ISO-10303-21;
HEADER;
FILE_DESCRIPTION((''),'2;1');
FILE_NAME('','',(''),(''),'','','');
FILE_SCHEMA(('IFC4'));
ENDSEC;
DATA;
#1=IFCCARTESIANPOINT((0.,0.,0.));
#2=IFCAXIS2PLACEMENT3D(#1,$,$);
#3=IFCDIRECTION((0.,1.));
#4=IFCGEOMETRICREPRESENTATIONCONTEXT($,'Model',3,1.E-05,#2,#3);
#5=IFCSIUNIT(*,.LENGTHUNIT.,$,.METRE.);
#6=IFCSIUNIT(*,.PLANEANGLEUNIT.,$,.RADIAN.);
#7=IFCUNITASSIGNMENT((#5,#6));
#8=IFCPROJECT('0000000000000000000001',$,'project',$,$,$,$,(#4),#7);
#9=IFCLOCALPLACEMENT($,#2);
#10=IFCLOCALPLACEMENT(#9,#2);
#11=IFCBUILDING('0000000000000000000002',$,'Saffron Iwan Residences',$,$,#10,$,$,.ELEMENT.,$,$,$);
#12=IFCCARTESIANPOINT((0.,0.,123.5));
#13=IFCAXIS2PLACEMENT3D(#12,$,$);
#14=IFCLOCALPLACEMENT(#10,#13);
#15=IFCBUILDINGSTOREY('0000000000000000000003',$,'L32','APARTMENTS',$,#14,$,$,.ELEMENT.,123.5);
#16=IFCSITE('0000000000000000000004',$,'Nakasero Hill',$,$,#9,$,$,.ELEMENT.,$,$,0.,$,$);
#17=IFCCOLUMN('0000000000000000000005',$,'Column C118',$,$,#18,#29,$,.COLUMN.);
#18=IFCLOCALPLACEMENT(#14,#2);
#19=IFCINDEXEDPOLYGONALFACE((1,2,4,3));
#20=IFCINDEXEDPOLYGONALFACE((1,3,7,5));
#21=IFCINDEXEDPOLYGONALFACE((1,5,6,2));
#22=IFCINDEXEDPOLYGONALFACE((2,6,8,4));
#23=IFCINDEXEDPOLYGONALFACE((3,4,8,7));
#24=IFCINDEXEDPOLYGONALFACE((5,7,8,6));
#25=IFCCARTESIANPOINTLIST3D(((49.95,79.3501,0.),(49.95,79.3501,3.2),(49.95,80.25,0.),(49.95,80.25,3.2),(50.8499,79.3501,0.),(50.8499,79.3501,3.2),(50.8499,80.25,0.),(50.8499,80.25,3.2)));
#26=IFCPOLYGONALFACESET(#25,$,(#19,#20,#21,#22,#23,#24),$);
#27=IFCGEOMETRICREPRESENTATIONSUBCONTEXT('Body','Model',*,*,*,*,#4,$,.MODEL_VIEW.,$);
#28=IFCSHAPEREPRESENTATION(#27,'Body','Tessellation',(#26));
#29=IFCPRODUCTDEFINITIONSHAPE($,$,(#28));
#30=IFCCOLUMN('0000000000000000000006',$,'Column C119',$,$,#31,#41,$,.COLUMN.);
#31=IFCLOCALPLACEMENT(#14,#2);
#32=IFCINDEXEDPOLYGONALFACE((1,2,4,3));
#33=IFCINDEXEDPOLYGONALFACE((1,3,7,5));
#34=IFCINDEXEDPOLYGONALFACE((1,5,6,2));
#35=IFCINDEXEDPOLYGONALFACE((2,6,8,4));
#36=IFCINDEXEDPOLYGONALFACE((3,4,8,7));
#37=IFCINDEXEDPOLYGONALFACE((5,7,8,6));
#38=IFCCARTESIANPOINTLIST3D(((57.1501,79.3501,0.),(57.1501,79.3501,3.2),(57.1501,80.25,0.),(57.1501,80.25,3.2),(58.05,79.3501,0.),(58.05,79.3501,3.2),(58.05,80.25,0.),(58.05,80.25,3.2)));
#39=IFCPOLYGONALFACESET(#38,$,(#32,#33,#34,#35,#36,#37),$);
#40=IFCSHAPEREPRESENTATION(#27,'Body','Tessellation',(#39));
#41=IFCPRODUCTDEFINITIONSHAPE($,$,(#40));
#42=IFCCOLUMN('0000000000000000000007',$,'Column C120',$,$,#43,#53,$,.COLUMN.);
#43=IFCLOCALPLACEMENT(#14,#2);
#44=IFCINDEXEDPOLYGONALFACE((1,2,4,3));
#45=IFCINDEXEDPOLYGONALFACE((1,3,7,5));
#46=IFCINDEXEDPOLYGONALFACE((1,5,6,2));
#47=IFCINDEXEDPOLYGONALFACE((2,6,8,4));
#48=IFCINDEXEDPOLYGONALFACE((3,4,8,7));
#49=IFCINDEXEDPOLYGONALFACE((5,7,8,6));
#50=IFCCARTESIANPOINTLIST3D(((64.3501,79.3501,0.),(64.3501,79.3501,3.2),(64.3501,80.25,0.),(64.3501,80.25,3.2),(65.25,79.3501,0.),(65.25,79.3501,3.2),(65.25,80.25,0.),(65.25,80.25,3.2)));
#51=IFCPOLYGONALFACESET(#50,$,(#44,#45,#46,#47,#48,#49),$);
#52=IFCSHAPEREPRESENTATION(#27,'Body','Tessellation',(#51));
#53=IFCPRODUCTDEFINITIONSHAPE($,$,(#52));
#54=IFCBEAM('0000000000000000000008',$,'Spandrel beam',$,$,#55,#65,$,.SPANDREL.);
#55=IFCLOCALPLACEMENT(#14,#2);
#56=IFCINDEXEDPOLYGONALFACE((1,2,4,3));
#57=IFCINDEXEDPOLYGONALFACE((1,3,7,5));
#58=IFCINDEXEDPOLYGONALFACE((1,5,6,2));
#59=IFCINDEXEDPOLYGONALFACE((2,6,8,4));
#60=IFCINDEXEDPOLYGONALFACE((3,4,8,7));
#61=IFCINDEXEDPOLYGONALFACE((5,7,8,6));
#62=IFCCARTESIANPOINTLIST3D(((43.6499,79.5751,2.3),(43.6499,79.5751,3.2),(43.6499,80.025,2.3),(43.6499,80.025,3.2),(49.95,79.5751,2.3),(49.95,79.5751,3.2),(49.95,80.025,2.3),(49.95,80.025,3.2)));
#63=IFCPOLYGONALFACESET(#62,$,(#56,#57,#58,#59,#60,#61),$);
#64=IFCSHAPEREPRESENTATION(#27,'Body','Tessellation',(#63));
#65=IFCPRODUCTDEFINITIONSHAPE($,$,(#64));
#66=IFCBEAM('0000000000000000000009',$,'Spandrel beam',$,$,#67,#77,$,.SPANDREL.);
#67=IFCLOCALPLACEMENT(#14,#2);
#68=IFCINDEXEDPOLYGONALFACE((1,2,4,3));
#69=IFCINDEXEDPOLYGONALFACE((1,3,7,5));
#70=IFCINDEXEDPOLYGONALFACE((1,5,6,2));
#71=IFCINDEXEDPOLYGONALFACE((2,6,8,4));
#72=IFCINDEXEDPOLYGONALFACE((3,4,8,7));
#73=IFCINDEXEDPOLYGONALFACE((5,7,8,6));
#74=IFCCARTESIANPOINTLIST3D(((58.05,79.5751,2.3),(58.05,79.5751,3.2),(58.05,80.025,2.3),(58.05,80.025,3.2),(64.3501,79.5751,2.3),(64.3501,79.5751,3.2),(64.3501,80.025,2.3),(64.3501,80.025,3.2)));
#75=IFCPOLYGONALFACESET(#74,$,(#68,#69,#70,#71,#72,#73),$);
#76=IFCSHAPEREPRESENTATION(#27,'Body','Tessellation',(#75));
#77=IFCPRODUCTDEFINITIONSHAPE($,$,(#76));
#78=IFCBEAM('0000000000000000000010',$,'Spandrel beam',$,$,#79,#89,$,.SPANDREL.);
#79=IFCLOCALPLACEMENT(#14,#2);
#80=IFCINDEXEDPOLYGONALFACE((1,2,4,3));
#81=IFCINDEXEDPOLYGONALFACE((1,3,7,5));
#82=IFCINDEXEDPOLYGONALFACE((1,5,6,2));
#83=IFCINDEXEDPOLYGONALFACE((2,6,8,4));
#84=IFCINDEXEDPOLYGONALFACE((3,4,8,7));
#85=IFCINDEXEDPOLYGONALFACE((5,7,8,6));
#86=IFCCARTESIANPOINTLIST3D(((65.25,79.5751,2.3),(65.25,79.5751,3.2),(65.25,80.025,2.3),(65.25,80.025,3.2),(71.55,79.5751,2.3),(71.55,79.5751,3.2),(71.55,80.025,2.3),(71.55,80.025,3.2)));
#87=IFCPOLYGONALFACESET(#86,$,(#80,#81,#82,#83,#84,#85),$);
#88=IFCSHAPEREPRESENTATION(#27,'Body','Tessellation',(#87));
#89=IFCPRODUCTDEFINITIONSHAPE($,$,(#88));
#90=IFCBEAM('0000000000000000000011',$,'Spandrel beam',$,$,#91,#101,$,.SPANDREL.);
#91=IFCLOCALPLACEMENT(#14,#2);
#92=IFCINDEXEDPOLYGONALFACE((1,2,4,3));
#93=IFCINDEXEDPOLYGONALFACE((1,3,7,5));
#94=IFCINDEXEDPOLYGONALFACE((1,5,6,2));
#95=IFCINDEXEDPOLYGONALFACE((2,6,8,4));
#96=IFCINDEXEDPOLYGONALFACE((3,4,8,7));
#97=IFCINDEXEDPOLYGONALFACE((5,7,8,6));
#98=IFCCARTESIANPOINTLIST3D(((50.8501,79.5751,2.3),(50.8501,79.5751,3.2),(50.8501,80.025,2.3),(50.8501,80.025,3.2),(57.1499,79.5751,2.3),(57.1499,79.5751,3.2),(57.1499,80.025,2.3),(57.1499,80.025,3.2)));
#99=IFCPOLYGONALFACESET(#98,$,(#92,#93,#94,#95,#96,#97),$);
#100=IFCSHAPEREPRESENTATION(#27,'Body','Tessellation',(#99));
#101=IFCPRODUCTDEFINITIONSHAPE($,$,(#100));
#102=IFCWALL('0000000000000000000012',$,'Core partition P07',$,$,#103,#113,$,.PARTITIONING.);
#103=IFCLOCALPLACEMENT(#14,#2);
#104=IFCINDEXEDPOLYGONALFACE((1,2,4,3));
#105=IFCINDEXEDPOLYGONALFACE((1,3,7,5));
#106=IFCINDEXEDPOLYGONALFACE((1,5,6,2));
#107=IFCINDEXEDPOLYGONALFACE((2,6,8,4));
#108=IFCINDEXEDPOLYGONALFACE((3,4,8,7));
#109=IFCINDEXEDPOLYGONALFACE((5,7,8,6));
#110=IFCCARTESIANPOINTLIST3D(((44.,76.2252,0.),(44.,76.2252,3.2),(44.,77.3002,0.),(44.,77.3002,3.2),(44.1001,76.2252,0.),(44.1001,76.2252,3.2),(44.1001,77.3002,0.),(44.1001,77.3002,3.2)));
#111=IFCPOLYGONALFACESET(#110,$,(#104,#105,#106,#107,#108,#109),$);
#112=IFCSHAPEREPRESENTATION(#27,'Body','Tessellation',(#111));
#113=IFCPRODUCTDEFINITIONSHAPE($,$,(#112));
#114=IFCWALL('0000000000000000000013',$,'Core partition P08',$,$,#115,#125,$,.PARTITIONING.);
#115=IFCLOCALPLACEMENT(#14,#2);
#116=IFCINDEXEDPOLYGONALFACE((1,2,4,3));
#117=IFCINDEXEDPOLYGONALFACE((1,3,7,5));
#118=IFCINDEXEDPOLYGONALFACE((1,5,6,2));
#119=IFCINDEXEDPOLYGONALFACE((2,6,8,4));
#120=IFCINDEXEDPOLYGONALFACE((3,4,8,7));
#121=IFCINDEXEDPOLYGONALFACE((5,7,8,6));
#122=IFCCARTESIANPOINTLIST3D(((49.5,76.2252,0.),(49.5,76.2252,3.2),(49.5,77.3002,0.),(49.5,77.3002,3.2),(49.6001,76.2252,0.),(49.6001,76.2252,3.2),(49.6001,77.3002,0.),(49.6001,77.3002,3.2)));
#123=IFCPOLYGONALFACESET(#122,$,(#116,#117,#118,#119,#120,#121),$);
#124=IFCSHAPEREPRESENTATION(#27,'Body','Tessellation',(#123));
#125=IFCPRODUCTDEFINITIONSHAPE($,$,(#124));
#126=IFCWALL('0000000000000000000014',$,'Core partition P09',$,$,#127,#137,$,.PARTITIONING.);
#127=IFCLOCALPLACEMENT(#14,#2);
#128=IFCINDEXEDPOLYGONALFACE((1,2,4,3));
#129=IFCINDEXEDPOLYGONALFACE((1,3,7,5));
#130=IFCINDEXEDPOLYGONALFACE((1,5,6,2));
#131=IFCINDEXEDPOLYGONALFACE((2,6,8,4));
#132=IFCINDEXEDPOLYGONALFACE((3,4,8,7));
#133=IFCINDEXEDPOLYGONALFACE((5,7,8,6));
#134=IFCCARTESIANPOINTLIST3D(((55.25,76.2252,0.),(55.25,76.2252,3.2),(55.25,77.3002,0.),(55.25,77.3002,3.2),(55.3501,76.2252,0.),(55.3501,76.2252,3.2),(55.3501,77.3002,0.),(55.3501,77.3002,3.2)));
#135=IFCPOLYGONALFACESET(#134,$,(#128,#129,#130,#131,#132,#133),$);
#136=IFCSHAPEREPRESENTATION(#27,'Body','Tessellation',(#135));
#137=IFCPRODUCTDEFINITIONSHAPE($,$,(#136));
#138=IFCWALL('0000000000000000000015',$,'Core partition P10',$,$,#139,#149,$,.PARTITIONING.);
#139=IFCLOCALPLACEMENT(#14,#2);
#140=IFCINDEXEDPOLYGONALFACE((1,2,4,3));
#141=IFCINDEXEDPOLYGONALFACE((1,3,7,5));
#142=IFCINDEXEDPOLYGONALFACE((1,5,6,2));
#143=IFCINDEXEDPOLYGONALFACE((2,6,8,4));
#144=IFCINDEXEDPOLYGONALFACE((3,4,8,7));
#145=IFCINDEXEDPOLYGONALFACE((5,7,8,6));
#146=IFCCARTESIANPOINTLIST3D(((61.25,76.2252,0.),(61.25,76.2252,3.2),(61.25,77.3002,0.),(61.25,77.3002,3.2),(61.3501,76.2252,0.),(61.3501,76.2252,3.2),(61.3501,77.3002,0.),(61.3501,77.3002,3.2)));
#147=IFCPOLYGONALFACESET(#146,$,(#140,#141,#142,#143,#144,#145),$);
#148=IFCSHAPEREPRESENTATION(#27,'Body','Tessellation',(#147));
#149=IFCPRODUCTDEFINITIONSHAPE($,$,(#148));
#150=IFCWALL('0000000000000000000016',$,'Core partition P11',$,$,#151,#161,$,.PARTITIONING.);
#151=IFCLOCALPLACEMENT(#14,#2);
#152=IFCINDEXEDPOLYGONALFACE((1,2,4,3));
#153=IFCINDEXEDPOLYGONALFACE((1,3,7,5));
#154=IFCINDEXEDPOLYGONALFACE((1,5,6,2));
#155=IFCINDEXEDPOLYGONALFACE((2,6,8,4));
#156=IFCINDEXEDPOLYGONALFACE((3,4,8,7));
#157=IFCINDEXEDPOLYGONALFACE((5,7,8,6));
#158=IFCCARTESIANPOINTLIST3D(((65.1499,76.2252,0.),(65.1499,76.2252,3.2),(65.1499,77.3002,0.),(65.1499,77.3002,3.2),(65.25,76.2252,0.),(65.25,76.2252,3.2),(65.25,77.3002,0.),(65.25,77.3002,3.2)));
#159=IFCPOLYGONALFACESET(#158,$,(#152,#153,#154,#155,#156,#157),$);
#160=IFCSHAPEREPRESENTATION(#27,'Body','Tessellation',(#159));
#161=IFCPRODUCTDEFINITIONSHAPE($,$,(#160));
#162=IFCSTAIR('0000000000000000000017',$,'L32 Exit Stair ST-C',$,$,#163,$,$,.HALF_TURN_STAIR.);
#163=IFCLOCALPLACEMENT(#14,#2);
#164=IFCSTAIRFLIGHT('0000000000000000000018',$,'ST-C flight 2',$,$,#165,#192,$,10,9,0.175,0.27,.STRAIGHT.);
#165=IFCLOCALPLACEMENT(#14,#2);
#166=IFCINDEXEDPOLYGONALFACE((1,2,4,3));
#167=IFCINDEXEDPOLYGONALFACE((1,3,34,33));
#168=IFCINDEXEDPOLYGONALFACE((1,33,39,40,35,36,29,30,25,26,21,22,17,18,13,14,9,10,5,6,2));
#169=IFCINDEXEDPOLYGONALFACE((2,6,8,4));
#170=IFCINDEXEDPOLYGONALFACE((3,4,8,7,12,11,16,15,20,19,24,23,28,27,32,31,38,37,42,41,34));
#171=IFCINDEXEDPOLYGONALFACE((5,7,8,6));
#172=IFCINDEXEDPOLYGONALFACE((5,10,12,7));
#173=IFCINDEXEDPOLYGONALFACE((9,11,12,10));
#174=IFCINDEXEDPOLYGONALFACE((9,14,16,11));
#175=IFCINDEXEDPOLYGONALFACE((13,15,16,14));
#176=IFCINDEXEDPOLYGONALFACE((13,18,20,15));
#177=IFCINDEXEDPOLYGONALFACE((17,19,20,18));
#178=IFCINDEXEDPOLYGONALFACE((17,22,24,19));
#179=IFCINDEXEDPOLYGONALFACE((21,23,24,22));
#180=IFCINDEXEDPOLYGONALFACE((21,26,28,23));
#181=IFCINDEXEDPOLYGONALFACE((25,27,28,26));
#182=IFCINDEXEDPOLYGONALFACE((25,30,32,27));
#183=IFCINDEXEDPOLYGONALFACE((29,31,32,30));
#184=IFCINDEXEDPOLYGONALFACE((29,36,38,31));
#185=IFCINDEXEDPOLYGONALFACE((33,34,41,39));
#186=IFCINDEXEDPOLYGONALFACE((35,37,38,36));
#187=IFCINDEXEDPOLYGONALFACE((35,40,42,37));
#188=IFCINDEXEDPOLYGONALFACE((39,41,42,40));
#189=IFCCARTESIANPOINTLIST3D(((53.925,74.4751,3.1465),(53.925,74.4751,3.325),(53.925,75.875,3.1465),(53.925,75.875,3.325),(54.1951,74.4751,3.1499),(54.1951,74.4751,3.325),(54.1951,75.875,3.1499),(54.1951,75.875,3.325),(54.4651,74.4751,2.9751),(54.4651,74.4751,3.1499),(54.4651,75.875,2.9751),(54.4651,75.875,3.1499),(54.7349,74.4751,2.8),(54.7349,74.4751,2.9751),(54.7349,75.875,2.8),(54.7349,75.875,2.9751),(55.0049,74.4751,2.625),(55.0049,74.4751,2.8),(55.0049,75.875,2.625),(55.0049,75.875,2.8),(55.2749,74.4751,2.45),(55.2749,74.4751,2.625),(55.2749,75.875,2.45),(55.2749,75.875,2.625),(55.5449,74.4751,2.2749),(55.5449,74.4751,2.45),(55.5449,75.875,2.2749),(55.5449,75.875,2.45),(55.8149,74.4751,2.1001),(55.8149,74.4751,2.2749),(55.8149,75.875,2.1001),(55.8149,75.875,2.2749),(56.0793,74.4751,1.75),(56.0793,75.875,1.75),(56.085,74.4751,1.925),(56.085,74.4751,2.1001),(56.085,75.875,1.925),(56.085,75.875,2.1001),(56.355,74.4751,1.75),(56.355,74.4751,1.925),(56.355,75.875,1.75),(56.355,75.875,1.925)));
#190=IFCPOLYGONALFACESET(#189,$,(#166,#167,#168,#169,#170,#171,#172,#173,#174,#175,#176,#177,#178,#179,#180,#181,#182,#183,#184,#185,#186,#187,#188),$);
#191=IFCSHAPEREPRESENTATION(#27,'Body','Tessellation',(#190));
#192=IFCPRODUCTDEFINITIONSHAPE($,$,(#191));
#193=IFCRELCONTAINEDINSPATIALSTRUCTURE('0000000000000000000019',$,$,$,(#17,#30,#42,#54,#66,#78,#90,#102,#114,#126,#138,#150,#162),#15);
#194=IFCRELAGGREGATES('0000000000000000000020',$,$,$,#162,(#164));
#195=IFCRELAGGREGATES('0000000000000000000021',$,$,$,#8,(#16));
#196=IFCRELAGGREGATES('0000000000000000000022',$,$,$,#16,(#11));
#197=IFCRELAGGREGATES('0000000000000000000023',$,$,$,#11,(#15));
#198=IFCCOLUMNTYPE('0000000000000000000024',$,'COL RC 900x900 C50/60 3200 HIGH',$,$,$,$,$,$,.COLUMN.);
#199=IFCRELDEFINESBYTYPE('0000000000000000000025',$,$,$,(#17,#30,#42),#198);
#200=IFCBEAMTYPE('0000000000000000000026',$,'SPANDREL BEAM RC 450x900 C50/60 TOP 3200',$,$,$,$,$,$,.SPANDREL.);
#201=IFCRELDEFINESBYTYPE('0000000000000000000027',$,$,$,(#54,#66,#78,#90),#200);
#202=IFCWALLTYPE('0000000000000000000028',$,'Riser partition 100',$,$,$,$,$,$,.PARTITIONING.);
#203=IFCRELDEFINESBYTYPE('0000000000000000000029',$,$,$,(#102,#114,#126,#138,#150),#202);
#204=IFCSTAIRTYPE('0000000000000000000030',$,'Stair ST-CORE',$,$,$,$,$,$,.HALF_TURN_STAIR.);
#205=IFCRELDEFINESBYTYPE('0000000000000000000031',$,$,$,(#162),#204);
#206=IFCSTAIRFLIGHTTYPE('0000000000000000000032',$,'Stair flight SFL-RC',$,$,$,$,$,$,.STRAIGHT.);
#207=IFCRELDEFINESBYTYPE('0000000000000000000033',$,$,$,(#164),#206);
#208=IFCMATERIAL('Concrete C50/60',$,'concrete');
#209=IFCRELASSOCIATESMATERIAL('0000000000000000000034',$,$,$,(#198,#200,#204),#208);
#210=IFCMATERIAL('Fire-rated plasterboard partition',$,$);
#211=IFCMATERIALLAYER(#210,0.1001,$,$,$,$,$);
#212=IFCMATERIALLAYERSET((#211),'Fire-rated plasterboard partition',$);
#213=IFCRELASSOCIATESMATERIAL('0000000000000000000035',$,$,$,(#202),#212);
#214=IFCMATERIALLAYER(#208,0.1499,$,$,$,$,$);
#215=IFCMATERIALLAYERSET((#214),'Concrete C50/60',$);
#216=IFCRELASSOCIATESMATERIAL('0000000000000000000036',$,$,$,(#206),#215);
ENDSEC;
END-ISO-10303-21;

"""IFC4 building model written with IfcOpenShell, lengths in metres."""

from ifc_helpers import new_model, si_unit, direction, frame, frame_2d, origin, origin_2d, place, context, subcontext, project, spatial, polyline, rectangle, outline, extrude, source, transform, mapped, material, layer, layer_set, material_profile, profile_set, type_object, element, aggregate, save


model = new_model("IFC4")

# Units and contexts
model_context = context("Model", 3, precision=1e-05, world=origin(), true_north=direction((0.0, 1.0)))
body_context = subcontext(model_context, "Body", "Model", "MODEL_VIEW")
ifc_project = project(units=[si_unit("LENGTHUNIT", "METRE"), si_unit("PLANEANGLEUNIT", "RADIAN")], contexts=[model_context])

# Site, building, storey
site_placement = place(None, origin())
site = spatial("IfcSite", under=ifc_project, at=site_placement, Name="Nakasero Hill", CompositionType="ELEMENT", RefElevation=0.0)
building_placement = place(site_placement, origin())
building = spatial("IfcBuilding", under=site, at=building_placement, Name="Saffron Iwan Residences", CompositionType="ELEMENT")
storey_placement = place(building_placement, frame((0.0, 0.0, 123.5)))
storey = spatial("IfcBuildingStorey", under=building, at=storey_placement, Name="L32", Description="APARTMENTS", CompositionType="ELEMENT", Elevation=123.5)

# Columns
ifc_material_1 = material(Name="Concrete C50/60", Category="concrete")
ifc_material_profile_1 = material_profile(ifc_material_1, rectangle(XDim=0.8999, YDim=0.8999, at=origin_2d()), Name="RC 900x900")
ifc_profile_set_1 = profile_set([ifc_material_profile_1], Name="Concrete C50/60")
column_type = type_object("IfcColumnType", Name="COL RC 900x900 C50/60 3200 HIGH", PredefinedType="COLUMN", material=ifc_profile_set_1)
shared_shape_1 = source(origin(), body_context, "Body", "SweptSolid", [
    extrude(rectangle(XDim=0.8999, YDim=0.8999, at=origin_2d()), origin(), (0.0, 0.0, 1.0), 3.2),
])
for number, where, z_axis, x_axis, name in (
    (1, (50.3999, 79.8, 0.0), (0.0, 0.0, 1.0), (1.0, 0.0, 0.0), "Column C118"),
    (2, (57.6001, 79.8, 0.0), (0.0, 0.0, 1.0), (1.0, 0.0, 0.0), "Column C119"),
    (3, (64.8, 79.8, 0.0), (0.0, 0.0, 1.0), (1.0, 0.0, 0.0), "Column C120"),
):
    element("IfcColumn", number, at=place(storey_placement, frame(where, z_axis=z_axis, x_axis=x_axis)), inside=storey, type_object=column_type, Name=name, PredefinedType="COLUMN", context=body_context, shape_type="MappedRepresentation", body=[
        mapped(shared_shape_1, transform((0.0, 0.0, 0.0))),
    ])

# Beams
ifc_material_profile_2 = material_profile(ifc_material_1, rectangle(XDim=0.45, YDim=0.8999, at=origin_2d()), Name="RC 450x900")
ifc_profile_set_2 = profile_set([ifc_material_profile_2], Name="Concrete C50/60")
beam_type = type_object("IfcBeamType", Name="SPANDREL BEAM RC 450x900 C50/60 TOP 3200", PredefinedType="SPANDREL", material=ifc_profile_set_2)
shared_shape_2 = source(origin(), body_context, "Body", "SweptSolid", [
    extrude(rectangle(XDim=0.45, YDim=0.8999, at=origin_2d()), origin(), (0.0, 0.0, 1.0), 6.3),
])
for number, where, z_axis, x_axis, name in (
    (4, (43.6499, 79.8, 2.75), (1.0, 0.0, 0.0), (0.0, 1.0, 0.0), "Spandrel beam"),
    (5, (58.05, 79.8, 2.75), (1.0, 0.0, 0.0), (0.0, 1.0, 0.0), "Spandrel beam"),
    (6, (65.25, 79.8, 2.75), (1.0, 0.0, 0.0), (0.0, 1.0, 0.0), "Spandrel beam"),
):
    element("IfcBeam", number, at=place(storey_placement, frame(where, z_axis=z_axis, x_axis=x_axis)), inside=storey, type_object=beam_type, Name=name, PredefinedType="SPANDREL", context=body_context, shape_type="MappedRepresentation", body=[
        mapped(shared_shape_2, transform((0.0, 0.0, 0.0))),
    ])
shared_shape_3 = source(origin(), body_context, "Body", "SweptSolid", [
    extrude(rectangle(XDim=0.45, YDim=0.8999, at=origin_2d()), origin(), (0.0, 0.0, 1.0), 6.2998),
])
beam_placement = place(storey_placement, frame((50.8501, 79.8, 2.75), z_axis=(1.0, 0.0, 0.0), x_axis=(0.0, 1.0, 0.0)))
element("IfcBeam", 7, at=beam_placement, inside=storey, type_object=beam_type, Name="Spandrel beam", PredefinedType="SPANDREL", context=body_context, shape_type="MappedRepresentation", body=[
    mapped(shared_shape_3, transform((0.0, 0.0, 0.0))),
])

# Walls
ifc_material_2 = material(Name="Fire-rated plasterboard partition")
ifc_layer_1 = layer(ifc_material_2, 0.1001)
ifc_layer_set_1 = layer_set([ifc_layer_1], Name="Fire-rated plasterboard partition")
wall_type = type_object("IfcWallType", Name="Riser partition 100", PredefinedType="PARTITIONING", material=ifc_layer_set_1)
for number, where, z_axis, x_axis, name in (
    (8, (44.05, 76.2251, 0.0), (0.0, 0.0, 1.0), (0.0, 1.0, 0.0), "Core partition P07"),
    (9, (49.55, 76.2251, 0.0), (0.0, 0.0, 1.0), (0.0, 1.0, 0.0), "Core partition P08"),
    (10, (55.3, 76.2251, 0.0), (0.0, 0.0, 1.0), (0.0, 1.0, 0.0), "Core partition P09"),
    (11, (61.3, 76.2251, 0.0), (0.0, 0.0, 1.0), (0.0, 1.0, 0.0), "Core partition P10"),
    (12, (65.2, 76.2251, 0.0), (0.0, 0.0, 1.0), (0.0, 1.0, 0.0), "Core partition P11"),
):
    element("IfcWall", number, at=place(storey_placement, frame(where, z_axis=z_axis, x_axis=x_axis)), inside=storey, type_object=wall_type, Name=name, PredefinedType="PARTITIONING", context=body_context, shape_type="SweptSolid", body=[
        extrude(rectangle(XDim=1.075, YDim=0.1001, at=frame_2d((0.5376, 0.0))), origin(), (0.0, 0.0, 1.0), 3.2),
    ])

# Stair, stair flight
stair_type = type_object("IfcStairType", Name="Stair ST-CORE", PredefinedType="HALF_TURN_STAIR", material=ifc_material_1)
stair_placement = place(storey_placement, origin())
stair = element("IfcStair", 13, at=stair_placement, inside=storey, type_object=stair_type, Name="L32 Exit Stair ST-C", PredefinedType="HALF_TURN_STAIR")
ifc_layer_2 = layer(ifc_material_1, 0.1499)
ifc_layer_set_2 = layer_set([ifc_layer_2], Name="Concrete C50/60")
stair_flight_type = type_object("IfcStairFlightType", Name="Stair flight SFL-RC", PredefinedType="STRAIGHT", material=ifc_layer_set_2)
stair_flight_placement = place(storey_placement, frame((56.355, 75.175, 1.75), z_axis=(0.0, 0.0, 1.0), x_axis=(-1.0, 0.0, 0.0)))
stair_flight = element("IfcStairFlight", 14, at=stair_flight_placement, type_object=stair_flight_type, Name="ST-C flight 2", NumberOfRisers=10, NumberOfTreads=9, PredefinedType="STRAIGHT", RiserHeight=0.175, TreadLength=0.27, context=body_context, shape_type="SweptSolid", body=[
    extrude(outline(polyline([(0.0, 0.0), (0.0, 0.175), (0.27, 0.175), (0.27, 0.3501), (0.54, 0.3501), (0.54, 0.5249), (0.8101, 0.5249), (0.8101, 0.7), (1.0801, 0.7), (1.0801, 0.875), (1.3501, 0.875), (1.3501, 1.05), (1.6201, 1.05), (1.6201, 1.2251), (1.8899, 1.2251), (1.8899, 1.3999), (2.1599, 1.3999), (2.1599, 1.575), (2.4299, 1.575), (2.4299, 1.75), (2.4299, 1.3965), (0.2756, 0.0), (0.0, 0.0)])), frame((0.0, 0.7, 0.0), z_axis=(0.0, -1.0, 0.0), x_axis=(1.0, 0.0, 0.0)), (0.0, 0.0, 1.0), 1.3999),
])
aggregate(stair, [stair_flight])

save(model, "model.ifc")
